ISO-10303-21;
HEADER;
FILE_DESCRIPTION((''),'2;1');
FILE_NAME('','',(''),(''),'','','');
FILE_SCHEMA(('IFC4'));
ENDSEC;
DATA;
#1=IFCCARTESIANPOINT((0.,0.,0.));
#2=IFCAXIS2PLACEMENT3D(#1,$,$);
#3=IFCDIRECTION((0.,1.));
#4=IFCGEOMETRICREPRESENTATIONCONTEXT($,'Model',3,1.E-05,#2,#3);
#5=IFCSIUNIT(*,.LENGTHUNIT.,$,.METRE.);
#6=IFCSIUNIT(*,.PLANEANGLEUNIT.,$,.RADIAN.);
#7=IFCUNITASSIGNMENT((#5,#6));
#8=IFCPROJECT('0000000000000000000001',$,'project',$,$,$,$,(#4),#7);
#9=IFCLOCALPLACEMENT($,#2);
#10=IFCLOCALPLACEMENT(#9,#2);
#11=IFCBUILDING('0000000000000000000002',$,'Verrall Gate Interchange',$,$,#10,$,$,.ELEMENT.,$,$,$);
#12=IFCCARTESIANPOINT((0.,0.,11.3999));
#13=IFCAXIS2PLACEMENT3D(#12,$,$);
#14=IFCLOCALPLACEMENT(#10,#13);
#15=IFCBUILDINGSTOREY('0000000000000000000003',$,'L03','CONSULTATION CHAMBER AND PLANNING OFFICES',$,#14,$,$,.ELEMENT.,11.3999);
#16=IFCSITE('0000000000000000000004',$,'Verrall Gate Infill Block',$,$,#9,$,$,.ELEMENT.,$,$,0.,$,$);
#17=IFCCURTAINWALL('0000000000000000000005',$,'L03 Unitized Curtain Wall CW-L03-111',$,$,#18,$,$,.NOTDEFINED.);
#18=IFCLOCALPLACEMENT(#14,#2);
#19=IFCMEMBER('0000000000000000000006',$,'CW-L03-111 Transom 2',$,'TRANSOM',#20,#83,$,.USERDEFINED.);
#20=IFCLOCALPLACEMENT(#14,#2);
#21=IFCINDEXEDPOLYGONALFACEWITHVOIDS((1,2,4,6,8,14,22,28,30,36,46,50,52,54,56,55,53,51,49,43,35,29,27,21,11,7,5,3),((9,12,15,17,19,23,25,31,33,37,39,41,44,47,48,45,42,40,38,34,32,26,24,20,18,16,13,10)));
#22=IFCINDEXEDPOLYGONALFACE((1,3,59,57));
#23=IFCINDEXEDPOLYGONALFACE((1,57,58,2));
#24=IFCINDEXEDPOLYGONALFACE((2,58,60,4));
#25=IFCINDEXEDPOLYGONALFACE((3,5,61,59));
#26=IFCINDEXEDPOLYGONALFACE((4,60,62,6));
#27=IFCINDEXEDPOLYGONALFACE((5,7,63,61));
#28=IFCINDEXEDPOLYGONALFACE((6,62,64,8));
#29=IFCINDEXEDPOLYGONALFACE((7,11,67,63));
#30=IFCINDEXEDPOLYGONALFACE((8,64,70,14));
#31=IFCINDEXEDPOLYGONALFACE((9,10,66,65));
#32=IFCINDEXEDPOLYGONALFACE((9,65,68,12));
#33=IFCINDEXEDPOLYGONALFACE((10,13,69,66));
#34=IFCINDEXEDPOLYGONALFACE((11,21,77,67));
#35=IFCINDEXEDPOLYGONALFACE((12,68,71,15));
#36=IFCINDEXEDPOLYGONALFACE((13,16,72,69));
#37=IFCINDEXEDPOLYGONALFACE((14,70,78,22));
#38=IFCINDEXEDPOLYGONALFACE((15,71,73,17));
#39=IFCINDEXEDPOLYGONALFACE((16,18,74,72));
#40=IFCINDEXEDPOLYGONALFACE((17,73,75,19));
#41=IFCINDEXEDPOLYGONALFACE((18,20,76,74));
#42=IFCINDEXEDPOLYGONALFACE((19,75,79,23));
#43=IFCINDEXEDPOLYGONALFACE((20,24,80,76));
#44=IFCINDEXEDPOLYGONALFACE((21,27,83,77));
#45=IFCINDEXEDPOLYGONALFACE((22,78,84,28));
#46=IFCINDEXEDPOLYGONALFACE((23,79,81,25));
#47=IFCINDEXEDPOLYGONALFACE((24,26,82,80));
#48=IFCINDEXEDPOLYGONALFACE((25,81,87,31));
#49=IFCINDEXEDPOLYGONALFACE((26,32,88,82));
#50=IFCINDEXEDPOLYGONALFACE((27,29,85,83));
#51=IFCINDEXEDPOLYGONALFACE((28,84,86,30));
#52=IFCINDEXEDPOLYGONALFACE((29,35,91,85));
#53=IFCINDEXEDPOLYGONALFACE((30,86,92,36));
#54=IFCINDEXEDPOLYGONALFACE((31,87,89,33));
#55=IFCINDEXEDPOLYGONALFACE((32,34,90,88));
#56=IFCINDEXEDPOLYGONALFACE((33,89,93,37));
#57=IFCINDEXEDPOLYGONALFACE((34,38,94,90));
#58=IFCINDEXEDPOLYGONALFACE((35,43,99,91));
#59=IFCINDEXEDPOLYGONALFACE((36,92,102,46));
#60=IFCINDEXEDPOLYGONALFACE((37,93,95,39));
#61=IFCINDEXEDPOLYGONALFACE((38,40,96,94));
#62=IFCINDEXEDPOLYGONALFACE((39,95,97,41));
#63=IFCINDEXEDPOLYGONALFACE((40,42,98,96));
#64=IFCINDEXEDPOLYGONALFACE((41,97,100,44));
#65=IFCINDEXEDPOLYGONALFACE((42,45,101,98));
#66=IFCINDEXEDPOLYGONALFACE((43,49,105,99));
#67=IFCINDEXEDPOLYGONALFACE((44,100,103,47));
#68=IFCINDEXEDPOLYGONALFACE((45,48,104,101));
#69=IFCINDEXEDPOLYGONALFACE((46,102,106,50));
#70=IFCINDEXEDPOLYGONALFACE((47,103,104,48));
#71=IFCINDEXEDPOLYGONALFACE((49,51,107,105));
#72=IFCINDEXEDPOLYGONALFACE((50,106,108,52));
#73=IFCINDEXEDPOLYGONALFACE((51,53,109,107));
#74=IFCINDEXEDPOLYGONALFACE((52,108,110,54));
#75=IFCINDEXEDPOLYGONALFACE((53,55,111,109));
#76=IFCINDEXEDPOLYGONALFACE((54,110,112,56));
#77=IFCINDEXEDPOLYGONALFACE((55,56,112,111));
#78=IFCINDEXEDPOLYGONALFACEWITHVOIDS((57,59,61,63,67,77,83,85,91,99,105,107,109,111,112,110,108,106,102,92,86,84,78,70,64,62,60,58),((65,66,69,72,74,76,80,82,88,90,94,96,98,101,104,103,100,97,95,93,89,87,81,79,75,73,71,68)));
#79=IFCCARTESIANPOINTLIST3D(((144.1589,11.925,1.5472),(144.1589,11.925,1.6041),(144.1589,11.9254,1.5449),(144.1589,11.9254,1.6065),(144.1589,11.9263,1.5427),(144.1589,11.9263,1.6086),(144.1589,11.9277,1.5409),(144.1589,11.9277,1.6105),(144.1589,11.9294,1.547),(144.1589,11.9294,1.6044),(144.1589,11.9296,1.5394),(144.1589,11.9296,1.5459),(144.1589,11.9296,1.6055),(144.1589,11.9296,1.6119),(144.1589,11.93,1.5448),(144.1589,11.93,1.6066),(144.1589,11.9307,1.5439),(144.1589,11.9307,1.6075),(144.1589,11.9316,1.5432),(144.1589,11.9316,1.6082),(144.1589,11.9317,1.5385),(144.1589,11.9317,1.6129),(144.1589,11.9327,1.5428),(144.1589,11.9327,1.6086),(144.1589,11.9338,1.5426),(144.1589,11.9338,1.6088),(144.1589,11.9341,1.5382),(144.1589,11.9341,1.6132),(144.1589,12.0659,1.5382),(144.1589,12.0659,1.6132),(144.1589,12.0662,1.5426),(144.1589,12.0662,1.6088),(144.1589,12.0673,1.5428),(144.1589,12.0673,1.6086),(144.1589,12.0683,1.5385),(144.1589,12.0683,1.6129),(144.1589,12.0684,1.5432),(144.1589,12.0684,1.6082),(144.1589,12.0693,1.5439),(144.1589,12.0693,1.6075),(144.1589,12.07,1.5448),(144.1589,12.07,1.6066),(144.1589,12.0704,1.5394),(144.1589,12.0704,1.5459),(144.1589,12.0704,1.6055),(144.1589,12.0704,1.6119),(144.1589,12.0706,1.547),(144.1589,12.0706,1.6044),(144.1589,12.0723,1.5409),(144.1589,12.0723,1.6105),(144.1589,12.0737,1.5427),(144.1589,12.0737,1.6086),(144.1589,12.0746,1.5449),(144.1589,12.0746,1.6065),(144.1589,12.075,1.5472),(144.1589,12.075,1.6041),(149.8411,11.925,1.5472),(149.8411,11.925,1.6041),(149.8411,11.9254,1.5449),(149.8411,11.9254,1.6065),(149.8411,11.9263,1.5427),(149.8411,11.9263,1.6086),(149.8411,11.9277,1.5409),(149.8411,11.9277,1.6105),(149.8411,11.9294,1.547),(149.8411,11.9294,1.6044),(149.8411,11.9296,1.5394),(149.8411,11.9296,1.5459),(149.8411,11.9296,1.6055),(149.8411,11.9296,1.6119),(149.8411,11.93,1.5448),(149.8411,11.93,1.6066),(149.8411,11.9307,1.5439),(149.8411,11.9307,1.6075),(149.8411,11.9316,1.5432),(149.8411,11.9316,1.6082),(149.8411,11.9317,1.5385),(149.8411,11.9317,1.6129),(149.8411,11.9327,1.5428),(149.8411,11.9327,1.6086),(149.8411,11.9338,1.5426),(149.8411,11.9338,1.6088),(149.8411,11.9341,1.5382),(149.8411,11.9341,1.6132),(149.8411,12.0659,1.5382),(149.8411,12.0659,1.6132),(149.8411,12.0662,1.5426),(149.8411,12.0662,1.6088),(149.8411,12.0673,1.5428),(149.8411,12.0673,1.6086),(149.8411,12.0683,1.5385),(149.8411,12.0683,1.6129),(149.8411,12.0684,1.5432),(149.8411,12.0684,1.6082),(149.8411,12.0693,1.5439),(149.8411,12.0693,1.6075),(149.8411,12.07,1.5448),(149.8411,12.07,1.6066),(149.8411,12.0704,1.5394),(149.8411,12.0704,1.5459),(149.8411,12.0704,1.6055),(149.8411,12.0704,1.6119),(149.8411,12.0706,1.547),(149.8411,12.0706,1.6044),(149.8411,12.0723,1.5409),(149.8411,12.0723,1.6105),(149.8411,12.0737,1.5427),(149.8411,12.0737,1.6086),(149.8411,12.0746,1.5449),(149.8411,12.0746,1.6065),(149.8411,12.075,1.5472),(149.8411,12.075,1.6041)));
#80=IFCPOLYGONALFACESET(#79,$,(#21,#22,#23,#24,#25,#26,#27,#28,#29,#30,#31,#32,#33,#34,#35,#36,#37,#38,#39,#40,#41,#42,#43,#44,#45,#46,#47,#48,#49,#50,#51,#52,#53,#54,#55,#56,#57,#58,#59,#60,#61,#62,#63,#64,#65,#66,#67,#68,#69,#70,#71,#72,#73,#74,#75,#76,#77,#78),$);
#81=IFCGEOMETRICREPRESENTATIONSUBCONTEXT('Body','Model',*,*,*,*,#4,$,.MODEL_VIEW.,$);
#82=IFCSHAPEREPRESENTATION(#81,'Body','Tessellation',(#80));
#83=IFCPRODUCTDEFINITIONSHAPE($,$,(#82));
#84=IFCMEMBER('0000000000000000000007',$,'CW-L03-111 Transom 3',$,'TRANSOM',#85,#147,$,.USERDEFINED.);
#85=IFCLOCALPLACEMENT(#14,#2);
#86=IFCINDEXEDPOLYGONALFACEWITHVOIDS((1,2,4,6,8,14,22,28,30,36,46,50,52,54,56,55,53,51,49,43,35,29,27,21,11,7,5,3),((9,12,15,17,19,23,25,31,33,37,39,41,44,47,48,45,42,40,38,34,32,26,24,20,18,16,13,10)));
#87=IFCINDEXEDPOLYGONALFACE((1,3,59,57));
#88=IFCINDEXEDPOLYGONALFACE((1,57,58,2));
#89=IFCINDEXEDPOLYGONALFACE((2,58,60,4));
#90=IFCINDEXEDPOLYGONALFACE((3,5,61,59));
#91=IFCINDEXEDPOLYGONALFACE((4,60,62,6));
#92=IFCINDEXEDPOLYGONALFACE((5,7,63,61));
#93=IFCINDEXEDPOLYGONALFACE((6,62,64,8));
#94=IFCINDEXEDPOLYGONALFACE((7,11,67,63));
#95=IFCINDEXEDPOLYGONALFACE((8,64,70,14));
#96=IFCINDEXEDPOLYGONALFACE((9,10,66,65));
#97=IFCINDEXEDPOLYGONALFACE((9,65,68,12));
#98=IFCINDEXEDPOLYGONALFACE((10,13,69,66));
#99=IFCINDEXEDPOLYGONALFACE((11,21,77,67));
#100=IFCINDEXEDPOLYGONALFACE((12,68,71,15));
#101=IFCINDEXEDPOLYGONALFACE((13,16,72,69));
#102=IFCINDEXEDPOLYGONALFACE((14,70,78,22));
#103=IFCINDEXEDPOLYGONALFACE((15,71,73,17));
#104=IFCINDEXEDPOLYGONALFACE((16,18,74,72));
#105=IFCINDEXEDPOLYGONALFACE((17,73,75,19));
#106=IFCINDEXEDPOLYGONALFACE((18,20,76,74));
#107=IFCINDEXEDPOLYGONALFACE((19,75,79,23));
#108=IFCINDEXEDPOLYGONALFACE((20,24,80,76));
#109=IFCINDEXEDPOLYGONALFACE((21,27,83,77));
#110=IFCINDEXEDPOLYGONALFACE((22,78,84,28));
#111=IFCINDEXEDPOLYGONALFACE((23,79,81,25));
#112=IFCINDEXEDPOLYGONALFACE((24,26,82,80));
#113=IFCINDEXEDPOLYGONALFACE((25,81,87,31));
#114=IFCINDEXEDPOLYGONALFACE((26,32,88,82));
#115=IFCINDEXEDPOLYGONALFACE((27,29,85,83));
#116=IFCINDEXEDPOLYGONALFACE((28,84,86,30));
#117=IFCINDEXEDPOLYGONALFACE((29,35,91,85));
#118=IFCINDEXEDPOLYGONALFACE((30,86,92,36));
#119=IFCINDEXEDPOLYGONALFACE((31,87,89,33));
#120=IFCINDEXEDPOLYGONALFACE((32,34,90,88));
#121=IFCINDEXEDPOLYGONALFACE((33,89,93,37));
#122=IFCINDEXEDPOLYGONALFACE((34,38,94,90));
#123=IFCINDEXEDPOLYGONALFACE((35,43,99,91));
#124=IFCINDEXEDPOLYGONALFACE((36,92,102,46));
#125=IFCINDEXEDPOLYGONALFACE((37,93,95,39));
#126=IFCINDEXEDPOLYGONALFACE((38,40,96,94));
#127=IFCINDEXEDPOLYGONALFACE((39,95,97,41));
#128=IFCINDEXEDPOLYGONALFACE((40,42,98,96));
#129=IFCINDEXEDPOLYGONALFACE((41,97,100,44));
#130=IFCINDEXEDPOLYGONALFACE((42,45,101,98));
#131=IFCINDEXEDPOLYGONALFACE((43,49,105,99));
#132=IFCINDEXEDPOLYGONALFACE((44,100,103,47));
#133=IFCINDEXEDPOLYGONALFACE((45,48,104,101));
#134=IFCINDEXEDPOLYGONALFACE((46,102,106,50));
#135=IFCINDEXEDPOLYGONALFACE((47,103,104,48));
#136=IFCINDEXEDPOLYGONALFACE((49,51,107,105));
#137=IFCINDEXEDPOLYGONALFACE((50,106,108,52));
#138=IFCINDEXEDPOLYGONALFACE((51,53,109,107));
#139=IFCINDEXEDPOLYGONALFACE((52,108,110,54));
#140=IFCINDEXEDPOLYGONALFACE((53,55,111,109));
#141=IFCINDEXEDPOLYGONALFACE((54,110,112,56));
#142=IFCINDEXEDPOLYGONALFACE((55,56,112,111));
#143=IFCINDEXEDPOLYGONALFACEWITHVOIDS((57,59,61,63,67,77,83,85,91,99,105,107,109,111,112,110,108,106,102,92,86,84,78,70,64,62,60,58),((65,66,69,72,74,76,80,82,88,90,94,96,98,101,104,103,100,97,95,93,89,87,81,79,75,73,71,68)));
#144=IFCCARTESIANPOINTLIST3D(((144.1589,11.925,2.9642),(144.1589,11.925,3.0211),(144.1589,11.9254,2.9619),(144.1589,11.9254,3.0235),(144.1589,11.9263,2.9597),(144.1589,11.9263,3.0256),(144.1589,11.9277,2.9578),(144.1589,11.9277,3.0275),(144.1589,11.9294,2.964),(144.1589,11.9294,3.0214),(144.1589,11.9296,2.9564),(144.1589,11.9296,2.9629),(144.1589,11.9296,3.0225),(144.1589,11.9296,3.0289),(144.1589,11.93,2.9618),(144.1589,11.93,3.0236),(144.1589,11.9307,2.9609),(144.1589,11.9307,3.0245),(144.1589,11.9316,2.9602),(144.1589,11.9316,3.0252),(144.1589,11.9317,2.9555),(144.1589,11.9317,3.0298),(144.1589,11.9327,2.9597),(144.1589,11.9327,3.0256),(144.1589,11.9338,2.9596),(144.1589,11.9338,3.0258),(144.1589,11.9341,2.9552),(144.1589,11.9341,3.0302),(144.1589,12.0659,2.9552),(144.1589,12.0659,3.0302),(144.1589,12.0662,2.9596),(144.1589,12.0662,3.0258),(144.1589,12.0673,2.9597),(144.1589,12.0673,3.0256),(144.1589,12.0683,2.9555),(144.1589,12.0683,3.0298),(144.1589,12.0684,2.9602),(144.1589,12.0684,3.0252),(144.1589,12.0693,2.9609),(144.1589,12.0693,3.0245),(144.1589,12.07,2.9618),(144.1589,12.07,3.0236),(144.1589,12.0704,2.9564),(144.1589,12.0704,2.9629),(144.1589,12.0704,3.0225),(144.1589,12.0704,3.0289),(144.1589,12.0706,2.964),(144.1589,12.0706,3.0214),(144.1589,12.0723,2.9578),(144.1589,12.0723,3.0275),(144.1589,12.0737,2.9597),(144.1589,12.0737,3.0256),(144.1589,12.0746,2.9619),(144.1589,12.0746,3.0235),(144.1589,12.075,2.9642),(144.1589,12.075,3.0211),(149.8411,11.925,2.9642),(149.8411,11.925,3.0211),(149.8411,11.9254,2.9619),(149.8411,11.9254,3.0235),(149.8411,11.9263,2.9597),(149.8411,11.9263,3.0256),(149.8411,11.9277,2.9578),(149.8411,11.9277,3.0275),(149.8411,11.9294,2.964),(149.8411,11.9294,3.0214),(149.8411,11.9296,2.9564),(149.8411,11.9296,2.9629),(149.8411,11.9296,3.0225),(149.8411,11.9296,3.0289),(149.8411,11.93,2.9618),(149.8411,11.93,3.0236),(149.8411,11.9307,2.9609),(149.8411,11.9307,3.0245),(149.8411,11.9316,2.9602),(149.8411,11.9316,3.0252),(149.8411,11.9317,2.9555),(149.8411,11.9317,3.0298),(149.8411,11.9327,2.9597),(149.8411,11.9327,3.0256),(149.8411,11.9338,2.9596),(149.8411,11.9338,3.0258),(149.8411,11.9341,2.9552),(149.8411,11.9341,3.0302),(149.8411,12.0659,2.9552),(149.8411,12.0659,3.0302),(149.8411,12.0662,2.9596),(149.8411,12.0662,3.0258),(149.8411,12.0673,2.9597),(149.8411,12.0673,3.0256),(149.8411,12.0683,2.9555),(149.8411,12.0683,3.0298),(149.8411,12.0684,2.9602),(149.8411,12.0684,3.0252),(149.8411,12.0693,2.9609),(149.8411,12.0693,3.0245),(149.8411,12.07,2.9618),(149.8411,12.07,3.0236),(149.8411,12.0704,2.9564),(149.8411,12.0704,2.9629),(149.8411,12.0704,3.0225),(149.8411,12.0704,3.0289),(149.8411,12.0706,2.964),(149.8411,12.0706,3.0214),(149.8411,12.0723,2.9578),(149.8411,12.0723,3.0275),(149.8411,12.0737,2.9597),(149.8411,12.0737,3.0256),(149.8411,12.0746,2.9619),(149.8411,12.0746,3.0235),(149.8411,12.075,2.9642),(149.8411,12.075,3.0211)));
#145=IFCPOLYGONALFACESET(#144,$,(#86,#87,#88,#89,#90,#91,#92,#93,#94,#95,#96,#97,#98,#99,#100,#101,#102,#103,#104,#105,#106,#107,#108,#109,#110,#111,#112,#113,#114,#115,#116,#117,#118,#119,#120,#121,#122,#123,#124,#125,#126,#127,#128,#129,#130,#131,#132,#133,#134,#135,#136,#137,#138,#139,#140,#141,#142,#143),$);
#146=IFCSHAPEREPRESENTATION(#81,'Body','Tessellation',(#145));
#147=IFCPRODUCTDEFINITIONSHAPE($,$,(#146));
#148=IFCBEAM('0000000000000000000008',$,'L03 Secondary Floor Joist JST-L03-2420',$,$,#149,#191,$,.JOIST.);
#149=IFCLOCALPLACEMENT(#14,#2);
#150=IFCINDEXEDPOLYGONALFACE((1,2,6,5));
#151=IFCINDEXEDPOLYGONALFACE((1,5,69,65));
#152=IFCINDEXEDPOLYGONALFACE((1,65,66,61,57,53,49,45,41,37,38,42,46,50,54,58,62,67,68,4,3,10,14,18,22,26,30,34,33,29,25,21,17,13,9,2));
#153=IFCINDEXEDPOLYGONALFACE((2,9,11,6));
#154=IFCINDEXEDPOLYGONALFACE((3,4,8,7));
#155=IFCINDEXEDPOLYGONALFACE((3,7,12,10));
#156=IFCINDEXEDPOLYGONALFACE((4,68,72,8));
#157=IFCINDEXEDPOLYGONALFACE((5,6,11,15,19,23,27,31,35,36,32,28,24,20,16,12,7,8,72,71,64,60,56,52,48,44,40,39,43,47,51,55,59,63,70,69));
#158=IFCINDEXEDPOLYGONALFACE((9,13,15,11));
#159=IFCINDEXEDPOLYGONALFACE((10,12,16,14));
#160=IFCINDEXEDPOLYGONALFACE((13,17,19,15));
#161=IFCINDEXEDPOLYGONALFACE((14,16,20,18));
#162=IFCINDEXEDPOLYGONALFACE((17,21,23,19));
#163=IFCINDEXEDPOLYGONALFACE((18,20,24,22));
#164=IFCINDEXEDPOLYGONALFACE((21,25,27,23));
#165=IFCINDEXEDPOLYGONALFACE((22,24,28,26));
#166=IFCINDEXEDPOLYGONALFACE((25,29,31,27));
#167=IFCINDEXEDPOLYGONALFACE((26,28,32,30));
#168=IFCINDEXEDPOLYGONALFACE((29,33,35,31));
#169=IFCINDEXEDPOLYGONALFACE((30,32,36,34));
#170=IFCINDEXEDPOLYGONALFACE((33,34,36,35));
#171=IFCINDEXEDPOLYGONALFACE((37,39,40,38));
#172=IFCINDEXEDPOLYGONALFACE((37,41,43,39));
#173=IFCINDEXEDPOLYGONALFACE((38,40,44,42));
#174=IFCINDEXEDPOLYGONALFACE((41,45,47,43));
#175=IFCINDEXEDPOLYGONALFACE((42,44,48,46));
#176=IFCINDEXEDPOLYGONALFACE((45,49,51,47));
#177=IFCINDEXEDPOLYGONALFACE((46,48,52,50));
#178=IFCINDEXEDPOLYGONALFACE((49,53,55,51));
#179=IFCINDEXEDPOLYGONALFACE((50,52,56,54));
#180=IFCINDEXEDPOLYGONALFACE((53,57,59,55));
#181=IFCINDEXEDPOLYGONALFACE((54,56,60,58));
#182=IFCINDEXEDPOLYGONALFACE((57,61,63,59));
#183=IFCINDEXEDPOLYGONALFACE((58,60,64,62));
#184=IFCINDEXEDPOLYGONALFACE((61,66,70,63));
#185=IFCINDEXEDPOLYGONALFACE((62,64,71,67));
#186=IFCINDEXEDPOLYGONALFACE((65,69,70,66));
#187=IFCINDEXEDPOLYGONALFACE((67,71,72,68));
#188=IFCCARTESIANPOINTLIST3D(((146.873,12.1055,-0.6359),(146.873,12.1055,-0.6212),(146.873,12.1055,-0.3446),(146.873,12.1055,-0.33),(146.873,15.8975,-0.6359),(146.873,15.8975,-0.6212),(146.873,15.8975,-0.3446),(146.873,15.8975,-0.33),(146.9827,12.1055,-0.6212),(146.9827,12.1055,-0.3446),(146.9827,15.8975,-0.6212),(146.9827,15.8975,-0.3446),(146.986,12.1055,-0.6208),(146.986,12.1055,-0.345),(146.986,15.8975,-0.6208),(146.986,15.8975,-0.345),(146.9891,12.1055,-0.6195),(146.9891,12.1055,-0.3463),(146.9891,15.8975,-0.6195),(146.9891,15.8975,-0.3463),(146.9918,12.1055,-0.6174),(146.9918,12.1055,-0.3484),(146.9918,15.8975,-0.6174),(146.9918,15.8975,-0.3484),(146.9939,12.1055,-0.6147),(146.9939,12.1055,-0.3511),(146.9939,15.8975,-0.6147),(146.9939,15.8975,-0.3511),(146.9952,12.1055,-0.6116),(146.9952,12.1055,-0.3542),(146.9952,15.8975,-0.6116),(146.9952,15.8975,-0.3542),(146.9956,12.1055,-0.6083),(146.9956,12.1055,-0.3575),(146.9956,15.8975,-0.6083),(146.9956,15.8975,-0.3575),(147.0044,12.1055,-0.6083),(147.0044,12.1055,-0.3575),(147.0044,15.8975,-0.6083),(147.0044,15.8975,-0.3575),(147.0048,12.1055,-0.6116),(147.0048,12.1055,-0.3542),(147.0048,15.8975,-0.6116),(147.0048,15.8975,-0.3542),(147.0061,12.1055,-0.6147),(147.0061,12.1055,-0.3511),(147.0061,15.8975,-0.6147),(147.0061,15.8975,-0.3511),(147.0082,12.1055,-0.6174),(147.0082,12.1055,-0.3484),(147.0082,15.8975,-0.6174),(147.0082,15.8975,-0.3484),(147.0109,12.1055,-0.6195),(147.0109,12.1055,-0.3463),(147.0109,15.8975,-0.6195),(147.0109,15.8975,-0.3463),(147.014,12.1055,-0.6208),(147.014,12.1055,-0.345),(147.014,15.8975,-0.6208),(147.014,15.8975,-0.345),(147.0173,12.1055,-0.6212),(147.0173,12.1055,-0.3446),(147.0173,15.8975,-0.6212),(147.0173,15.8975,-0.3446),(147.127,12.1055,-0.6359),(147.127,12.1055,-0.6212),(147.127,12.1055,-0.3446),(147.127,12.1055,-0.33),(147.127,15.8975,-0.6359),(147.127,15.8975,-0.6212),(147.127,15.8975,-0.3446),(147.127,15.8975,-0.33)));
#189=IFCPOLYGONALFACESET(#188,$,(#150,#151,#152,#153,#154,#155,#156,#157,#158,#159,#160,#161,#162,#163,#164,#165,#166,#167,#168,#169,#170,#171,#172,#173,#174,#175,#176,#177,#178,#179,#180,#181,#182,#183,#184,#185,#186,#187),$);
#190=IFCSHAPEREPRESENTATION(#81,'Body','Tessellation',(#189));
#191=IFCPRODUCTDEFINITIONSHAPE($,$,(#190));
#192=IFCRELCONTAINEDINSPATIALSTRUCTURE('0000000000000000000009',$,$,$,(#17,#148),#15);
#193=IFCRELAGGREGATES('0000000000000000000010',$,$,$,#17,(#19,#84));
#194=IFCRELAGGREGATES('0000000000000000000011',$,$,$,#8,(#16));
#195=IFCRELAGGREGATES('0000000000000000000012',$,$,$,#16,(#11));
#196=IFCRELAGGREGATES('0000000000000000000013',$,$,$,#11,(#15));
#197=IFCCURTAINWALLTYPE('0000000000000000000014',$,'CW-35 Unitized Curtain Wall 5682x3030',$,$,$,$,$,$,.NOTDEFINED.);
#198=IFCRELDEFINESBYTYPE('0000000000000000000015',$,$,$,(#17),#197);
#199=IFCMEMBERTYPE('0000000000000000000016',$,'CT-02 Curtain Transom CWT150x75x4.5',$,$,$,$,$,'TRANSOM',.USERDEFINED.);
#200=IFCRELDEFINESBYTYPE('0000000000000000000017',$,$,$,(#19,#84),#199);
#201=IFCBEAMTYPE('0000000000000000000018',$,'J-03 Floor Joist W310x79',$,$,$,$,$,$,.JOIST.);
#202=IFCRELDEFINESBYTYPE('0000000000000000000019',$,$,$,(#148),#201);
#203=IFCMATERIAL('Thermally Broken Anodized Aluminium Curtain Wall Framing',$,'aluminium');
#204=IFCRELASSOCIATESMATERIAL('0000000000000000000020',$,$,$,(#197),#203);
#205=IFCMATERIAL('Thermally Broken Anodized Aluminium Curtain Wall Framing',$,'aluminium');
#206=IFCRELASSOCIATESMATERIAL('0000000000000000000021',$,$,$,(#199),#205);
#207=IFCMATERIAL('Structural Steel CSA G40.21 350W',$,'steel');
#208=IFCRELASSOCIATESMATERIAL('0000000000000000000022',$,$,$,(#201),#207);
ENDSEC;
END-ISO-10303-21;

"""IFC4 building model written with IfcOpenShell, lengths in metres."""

from ifc_helpers import new_model, si_unit, direction, frame, origin, origin_2d, place, context, subcontext, project, spatial, hollow_rectangle, i_section, extrude, material, material_profile, profile_set, type_object, element, aggregate, save


model = new_model("IFC4")

# Units and contexts
model_context = context("Model", 3, precision=1e-05, world=origin(), true_north=direction((0.0, 1.0)))
body_context = subcontext(model_context, "Body", "Model", "MODEL_VIEW")
ifc_project = project(units=[si_unit("LENGTHUNIT", "METRE"), si_unit("PLANEANGLEUNIT", "RADIAN")], contexts=[model_context])

# Site, building, storey
site_placement = place(None, origin())
site = spatial("IfcSite", under=ifc_project, at=site_placement, Name="Verrall Gate Infill Block", CompositionType="ELEMENT", RefElevation=0.0)
building_placement = place(site_placement, origin())
building = spatial("IfcBuilding", under=site, at=building_placement, Name="Verrall Gate Interchange", CompositionType="ELEMENT")
storey_placement = place(building_placement, frame((0.0, 0.0, 11.3999)))
storey = spatial("IfcBuildingStorey", under=building, at=storey_placement, Name="L03", Description="CONSULTATION CHAMBER AND PLANNING OFFICES", CompositionType="ELEMENT", Elevation=11.3999)

# Curtain wall, members
ifc_material_1 = material(Name="Thermally Broken Anodized Aluminium Curtain Wall Framing", Category="aluminium")
curtain_wall_type = type_object("IfcCurtainWallType", Name="CW-35 Unitized Curtain Wall 5682x3030", PredefinedType="NOTDEFINED", material=ifc_material_1)
curtain_wall_placement = place(storey_placement, origin())
curtain_wall = element("IfcCurtainWall", 1, at=curtain_wall_placement, inside=storey, type_object=curtain_wall_type, Name="L03 Unitized Curtain Wall CW-L03-111", PredefinedType="NOTDEFINED")
ifc_material_2 = material(Name="Thermally Broken Anodized Aluminium Curtain Wall Framing", Category="aluminium")
ifc_material_profile_1 = material_profile(ifc_material_2, hollow_rectangle(XDim=0.1499, YDim=0.075, WallThickness=0.0044, InnerFilletRadius=0.0044, OuterFilletRadius=0.009, at=origin_2d()), Name="CWT150x75x4.5")
ifc_profile_set_1 = profile_set([ifc_material_profile_1], Name="Thermally Broken Anodized Aluminium Curtain Wall Framing")
member_type_1 = type_object("IfcMemberType", Name="CT-02 Curtain Transom CWT150x75x4.5", ElementType="TRANSOM", PredefinedType="USERDEFINED", material=ifc_profile_set_1)
member_1_placement = place(storey_placement, frame((144.1589, 12.0, 1.5757), z_axis=(1.0, 0.0, 0.0), x_axis=(0.0, 1.0, 0.0)))
member_1 = element("IfcMember", 2, at=member_1_placement, type_object=member_type_1, Name="CW-L03-111 Transom 2", ObjectType="TRANSOM", PredefinedType="USERDEFINED", context=body_context, shape_type="SweptSolid", body=[
    extrude(hollow_rectangle(XDim=0.1499, YDim=0.075, WallThickness=0.0044, InnerFilletRadius=0.0044, OuterFilletRadius=0.009, at=origin_2d()), origin(), (0.0, 0.0, 1.0), 5.6821),
])
member_2_placement = place(storey_placement, frame((144.1589, 12.0, 2.9927), z_axis=(1.0, 0.0, 0.0), x_axis=(0.0, 1.0, 0.0)))
member_2 = element("IfcMember", 3, at=member_2_placement, type_object=member_type_1, Name="CW-L03-111 Transom 3", ObjectType="TRANSOM", PredefinedType="USERDEFINED", context=body_context, shape_type="SweptSolid", body=[
    extrude(hollow_rectangle(XDim=0.1499, YDim=0.075, WallThickness=0.0044, InnerFilletRadius=0.0044, OuterFilletRadius=0.009, at=origin_2d()), origin(), (0.0, 0.0, 1.0), 5.6821),
])

# Beam
ifc_material_3 = material(Name="Structural Steel CSA G40.21 350W", Category="steel")
ifc_material_profile_2 = material_profile(ifc_material_3, i_section(OverallWidth=0.2539, OverallDepth=0.3059, WebThickness=0.0088, FlangeThickness=0.0146, FilletRadius=0.0129, at=origin_2d()), Name="W310x79")
ifc_profile_set_2 = profile_set([ifc_material_profile_2], Name="Structural Steel CSA G40.21 350W")
beam_type_1 = type_object("IfcBeamType", Name="J-03 Floor Joist W310x79", PredefinedType="JOIST", material=ifc_profile_set_2)
beam_1_placement = place(storey_placement, frame((147.0, 12.1055, -0.4829), z_axis=(0.0, 1.0, 0.0), x_axis=(-1.0, 0.0, 0.0)))
element("IfcBeam", 4, at=beam_1_placement, inside=storey, type_object=beam_type_1, Name="L03 Secondary Floor Joist JST-L03-2420", PredefinedType="JOIST", context=body_context, shape_type="SweptSolid", body=[
    extrude(i_section(OverallWidth=0.2539, OverallDepth=0.3059, WebThickness=0.0088, FlangeThickness=0.0146, FilletRadius=0.0129, at=origin_2d()), origin(), (0.0, 0.0, 1.0), 3.792),
])

aggregate(curtain_wall, [member_1, member_2])

save(model, "model.ifc")
